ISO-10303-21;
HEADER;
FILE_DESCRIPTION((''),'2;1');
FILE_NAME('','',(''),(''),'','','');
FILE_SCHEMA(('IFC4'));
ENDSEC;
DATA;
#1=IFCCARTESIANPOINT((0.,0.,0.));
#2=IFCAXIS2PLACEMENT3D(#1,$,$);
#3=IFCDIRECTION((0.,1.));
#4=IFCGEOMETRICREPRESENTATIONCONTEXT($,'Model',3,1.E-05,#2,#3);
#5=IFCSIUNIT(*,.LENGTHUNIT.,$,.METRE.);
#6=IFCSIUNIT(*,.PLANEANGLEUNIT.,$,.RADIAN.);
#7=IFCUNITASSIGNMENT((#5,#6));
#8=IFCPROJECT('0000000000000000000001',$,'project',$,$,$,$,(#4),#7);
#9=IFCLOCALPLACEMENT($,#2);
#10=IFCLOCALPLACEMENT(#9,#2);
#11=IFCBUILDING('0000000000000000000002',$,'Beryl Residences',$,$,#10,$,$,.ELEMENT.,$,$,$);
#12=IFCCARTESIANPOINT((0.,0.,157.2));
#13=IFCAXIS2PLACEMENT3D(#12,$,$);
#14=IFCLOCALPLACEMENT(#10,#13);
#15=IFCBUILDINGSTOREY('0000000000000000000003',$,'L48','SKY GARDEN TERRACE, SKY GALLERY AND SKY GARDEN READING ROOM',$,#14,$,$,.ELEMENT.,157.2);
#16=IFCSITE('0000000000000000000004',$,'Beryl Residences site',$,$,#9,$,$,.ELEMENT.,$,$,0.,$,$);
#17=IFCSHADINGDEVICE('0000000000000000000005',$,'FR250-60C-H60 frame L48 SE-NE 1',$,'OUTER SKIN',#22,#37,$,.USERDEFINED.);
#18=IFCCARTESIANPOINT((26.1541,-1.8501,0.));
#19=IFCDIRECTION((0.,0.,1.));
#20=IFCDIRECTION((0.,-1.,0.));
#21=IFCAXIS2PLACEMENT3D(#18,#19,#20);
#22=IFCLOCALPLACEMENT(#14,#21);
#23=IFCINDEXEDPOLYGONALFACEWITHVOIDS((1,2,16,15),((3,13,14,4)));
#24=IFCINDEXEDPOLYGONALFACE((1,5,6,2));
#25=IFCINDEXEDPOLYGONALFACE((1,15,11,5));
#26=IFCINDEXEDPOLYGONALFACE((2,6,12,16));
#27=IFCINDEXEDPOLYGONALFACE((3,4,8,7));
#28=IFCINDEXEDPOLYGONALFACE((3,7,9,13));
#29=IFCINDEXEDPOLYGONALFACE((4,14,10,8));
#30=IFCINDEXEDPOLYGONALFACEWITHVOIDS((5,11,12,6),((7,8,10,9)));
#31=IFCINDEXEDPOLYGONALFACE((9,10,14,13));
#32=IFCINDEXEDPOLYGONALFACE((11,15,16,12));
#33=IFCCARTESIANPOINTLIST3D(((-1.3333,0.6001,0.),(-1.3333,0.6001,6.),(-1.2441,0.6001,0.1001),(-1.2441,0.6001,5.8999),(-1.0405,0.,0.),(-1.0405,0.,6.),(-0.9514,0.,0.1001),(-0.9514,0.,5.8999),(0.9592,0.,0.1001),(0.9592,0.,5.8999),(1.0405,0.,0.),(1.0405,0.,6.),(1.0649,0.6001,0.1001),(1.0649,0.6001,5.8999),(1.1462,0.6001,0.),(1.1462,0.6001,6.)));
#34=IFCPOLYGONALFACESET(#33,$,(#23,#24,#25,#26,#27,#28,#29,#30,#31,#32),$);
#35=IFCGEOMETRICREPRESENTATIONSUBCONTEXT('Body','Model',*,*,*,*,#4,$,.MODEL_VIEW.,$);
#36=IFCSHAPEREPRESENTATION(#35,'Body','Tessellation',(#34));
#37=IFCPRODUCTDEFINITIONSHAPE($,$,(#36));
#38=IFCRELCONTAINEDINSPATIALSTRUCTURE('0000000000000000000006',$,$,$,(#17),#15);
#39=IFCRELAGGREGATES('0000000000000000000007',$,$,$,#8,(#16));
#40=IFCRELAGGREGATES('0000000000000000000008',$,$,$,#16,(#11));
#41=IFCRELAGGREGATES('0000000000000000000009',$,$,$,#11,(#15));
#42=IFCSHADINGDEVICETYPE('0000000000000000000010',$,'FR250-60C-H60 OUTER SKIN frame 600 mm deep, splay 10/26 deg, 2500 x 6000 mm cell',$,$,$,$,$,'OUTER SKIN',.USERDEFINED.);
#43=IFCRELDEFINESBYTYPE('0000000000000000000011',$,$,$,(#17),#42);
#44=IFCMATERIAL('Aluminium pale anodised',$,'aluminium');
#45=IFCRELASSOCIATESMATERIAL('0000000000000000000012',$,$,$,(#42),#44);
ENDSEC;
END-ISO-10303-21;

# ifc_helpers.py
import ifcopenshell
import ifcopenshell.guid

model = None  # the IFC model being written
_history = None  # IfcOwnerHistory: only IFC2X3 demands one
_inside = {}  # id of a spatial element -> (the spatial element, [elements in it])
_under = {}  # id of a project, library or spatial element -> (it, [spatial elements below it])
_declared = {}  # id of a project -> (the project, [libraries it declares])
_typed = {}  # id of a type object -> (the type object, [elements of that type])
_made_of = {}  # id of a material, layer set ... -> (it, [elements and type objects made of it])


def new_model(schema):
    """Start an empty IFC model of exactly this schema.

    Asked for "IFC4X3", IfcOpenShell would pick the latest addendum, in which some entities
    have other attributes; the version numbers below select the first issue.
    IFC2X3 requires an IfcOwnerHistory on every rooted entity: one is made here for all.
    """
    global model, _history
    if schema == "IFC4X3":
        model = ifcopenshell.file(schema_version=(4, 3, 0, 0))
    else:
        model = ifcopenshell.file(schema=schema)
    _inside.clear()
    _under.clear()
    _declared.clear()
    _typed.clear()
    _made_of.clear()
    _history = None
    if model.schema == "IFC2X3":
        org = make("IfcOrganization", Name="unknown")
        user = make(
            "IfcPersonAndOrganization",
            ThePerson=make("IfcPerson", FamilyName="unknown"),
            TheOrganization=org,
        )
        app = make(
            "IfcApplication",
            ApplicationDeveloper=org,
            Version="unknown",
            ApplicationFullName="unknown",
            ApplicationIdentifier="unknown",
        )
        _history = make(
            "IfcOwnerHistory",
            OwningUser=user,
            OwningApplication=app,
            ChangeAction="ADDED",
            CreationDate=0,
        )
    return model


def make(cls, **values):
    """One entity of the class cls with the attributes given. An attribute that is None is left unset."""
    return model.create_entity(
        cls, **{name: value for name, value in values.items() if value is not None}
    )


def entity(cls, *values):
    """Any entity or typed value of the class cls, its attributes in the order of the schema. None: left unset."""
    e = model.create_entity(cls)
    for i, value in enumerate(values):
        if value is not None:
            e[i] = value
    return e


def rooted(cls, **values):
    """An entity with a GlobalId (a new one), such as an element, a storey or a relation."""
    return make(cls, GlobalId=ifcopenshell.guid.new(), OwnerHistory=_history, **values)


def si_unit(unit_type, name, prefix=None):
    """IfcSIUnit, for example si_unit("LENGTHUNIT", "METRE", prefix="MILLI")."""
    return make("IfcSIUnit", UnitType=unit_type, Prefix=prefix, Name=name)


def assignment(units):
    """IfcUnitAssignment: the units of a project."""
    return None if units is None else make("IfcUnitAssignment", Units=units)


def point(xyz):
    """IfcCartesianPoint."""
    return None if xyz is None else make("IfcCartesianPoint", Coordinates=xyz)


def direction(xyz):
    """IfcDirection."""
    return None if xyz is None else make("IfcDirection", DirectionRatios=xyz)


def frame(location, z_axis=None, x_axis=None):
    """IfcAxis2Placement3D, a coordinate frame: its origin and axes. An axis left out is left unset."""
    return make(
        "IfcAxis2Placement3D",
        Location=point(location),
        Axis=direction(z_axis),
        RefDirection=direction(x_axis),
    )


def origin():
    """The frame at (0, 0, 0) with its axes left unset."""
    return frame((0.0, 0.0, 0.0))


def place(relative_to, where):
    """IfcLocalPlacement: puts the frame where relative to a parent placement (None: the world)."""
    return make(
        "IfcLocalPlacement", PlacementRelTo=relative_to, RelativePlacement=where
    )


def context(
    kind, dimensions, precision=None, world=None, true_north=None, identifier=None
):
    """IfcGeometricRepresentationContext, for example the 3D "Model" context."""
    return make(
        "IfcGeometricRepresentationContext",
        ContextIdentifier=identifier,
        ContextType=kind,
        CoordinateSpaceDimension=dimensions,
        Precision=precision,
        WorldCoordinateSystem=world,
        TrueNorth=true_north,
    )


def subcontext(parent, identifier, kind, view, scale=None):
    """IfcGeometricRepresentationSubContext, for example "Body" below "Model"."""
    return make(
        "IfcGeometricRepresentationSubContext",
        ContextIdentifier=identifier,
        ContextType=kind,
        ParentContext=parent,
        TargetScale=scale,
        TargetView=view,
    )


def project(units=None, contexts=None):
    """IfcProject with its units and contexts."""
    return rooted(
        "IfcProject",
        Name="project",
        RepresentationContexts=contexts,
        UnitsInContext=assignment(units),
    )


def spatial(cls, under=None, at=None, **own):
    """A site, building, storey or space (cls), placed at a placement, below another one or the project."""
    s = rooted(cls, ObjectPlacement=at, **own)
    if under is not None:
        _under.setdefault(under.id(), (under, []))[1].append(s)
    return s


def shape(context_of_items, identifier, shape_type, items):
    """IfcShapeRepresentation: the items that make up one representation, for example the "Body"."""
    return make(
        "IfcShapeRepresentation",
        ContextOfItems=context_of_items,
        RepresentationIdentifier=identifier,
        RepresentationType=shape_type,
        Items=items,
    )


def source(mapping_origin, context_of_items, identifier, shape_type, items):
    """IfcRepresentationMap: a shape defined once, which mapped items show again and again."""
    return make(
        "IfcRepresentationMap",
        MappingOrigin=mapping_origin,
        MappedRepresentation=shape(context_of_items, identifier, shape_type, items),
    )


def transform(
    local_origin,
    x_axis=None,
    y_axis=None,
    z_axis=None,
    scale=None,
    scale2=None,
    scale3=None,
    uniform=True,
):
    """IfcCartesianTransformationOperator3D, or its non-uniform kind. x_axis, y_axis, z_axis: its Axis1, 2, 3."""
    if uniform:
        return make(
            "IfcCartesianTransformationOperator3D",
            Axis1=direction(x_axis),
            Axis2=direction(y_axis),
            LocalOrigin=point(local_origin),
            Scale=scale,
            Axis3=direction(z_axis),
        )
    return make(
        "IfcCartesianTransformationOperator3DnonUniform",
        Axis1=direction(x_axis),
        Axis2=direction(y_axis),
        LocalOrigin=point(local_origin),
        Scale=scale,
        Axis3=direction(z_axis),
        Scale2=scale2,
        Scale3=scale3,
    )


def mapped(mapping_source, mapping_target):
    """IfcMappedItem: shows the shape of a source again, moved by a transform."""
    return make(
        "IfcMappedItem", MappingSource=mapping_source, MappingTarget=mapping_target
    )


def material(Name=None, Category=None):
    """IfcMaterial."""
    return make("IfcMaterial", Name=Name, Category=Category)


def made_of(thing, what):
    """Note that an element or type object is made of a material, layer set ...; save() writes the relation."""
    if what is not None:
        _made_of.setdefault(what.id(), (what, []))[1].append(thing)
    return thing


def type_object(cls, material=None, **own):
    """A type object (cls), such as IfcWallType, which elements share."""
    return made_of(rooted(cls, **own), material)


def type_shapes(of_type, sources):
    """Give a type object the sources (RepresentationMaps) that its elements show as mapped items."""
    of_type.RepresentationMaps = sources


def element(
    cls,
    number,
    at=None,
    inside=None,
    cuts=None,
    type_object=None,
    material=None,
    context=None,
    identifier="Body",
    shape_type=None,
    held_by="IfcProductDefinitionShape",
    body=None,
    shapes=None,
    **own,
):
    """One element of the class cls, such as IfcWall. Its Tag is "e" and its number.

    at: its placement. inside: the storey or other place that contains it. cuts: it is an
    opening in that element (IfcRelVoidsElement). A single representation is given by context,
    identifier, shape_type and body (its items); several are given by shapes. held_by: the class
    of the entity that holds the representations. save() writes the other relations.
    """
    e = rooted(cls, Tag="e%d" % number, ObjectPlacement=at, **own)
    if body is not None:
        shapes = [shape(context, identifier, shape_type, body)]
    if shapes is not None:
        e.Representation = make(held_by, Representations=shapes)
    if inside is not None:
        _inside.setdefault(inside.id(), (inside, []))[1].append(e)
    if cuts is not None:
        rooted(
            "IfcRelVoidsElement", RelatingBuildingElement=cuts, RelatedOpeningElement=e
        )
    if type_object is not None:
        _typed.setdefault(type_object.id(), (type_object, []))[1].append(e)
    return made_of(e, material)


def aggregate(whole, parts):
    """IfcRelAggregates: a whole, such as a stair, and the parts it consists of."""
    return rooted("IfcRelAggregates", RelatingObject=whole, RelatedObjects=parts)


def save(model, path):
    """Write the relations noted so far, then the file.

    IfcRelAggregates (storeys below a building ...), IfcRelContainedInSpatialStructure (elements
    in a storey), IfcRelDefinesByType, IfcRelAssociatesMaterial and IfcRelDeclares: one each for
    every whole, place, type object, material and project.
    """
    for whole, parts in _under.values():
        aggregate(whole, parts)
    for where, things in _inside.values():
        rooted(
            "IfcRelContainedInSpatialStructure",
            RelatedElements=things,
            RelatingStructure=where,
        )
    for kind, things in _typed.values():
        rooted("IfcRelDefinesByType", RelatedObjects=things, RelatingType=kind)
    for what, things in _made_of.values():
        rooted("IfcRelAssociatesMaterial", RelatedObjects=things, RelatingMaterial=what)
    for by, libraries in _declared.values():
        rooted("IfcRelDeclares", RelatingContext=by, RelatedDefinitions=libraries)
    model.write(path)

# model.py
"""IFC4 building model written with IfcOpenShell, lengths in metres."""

from ifc_helpers import new_model, entity, si_unit, direction, frame, origin, place, context, subcontext, project, spatial, source, transform, mapped, material, type_object, type_shapes, element, save


model = new_model("IFC4")

# Units and contexts
model_context = context("Model", 3, precision=1e-05, world=origin(), true_north=direction((0.0, 1.0)))
body_context = subcontext(model_context, "Body", "Model", "MODEL_VIEW")
ifc_project = project(units=[si_unit("LENGTHUNIT", "METRE"), si_unit("PLANEANGLEUNIT", "RADIAN")], contexts=[model_context])

# Site, building, storey
site_placement = place(None, origin())
site = spatial("IfcSite", under=ifc_project, at=site_placement, Name="Beryl Residences site", CompositionType="ELEMENT", RefElevation=0.0)
building_placement = place(site_placement, origin())
building = spatial("IfcBuilding", under=site, at=building_placement, Name="Beryl Residences", CompositionType="ELEMENT")
storey_placement = place(building_placement, frame((0.0, 0.0, 157.2)))
storey = spatial("IfcBuildingStorey", under=building, at=storey_placement, Name="L48", Description="SKY GARDEN TERRACE, SKY GALLERY AND SKY GARDEN READING ROOM", CompositionType="ELEMENT", Elevation=157.2)

# Shading device
ifc_material_1 = material(Name="Aluminium pale anodised", Category="aluminium")
shading_device_type = type_object("IfcShadingDeviceType", Name="FR250-60C-H60 OUTER SKIN frame 600 mm deep, splay 10/26 deg, 2500 x 6000 mm cell", ElementType="OUTER SKIN", PredefinedType="USERDEFINED", material=ifc_material_1)
cartesian_point_1 = entity("IfcCartesianPoint", [-1.0405, 0.0])
cartesian_point_2 = entity("IfcCartesianPoint", [-0.9592, 0.1001])
cartesian_point_3 = entity("IfcCartesianPoint", [-1.1462, 0.0])
cartesian_point_4 = entity("IfcCartesianPoint", [-1.0649, 0.1001])
shared_shape_1 = source(origin(), body_context, "Body", "SweptSolid", [
    entity("IfcExtrudedAreaSolidTapered", entity("IfcArbitraryProfileDefWithVoids", "AREA", None, entity("IfcPolyline", [cartesian_point_1, entity("IfcCartesianPoint", [1.0405, 0.0]), entity("IfcCartesianPoint", [1.0405, 6.0]), entity("IfcCartesianPoint", [-1.0405, 6.0]), cartesian_point_1]), [entity("IfcPolyline", [cartesian_point_2, entity("IfcCartesianPoint", [0.9514, 0.1001]), entity("IfcCartesianPoint", [0.9514, 5.8999]), entity("IfcCartesianPoint", [-0.9592, 5.8999]), cartesian_point_2])]), entity("IfcAxis2Placement3D", entity("IfcCartesianPoint", [0.0, 0.0, 0.0]), entity("IfcDirection", [0.0, 1.0, 0.0]), entity("IfcDirection", [-1.0, 0.0, 0.0])), entity("IfcDirection", [0.0, 0.0, 1.0]), 0.6001, entity("IfcArbitraryProfileDefWithVoids", "AREA", None, entity("IfcPolyline", [cartesian_point_3, entity("IfcCartesianPoint", [1.3333, 0.0]), entity("IfcCartesianPoint", [1.3333, 6.0]), entity("IfcCartesianPoint", [-1.1462, 6.0]), cartesian_point_3]), [entity("IfcPolyline", [cartesian_point_4, entity("IfcCartesianPoint", [1.2441, 0.1001]), entity("IfcCartesianPoint", [1.2441, 5.8999]), entity("IfcCartesianPoint", [-1.0649, 5.8999]), cartesian_point_4])])),
])
type_shapes(shading_device_type, [shared_shape_1])
shading_device_placement = place(storey_placement, frame((26.1541, -1.8501, 0.0), z_axis=(0.0, 0.0, 1.0), x_axis=(0.0, -1.0, 0.0)))
element("IfcShadingDevice", 1, at=shading_device_placement, inside=storey, type_object=shading_device_type, Name="FR250-60C-H60 frame L48 SE-NE 1", ObjectType="OUTER SKIN", PredefinedType="USERDEFINED", context=body_context, shape_type="MappedRepresentation", body=[
    mapped(shared_shape_1, transform((0.0, 0.0, 0.0))),
])

save(model, "model.ifc")
